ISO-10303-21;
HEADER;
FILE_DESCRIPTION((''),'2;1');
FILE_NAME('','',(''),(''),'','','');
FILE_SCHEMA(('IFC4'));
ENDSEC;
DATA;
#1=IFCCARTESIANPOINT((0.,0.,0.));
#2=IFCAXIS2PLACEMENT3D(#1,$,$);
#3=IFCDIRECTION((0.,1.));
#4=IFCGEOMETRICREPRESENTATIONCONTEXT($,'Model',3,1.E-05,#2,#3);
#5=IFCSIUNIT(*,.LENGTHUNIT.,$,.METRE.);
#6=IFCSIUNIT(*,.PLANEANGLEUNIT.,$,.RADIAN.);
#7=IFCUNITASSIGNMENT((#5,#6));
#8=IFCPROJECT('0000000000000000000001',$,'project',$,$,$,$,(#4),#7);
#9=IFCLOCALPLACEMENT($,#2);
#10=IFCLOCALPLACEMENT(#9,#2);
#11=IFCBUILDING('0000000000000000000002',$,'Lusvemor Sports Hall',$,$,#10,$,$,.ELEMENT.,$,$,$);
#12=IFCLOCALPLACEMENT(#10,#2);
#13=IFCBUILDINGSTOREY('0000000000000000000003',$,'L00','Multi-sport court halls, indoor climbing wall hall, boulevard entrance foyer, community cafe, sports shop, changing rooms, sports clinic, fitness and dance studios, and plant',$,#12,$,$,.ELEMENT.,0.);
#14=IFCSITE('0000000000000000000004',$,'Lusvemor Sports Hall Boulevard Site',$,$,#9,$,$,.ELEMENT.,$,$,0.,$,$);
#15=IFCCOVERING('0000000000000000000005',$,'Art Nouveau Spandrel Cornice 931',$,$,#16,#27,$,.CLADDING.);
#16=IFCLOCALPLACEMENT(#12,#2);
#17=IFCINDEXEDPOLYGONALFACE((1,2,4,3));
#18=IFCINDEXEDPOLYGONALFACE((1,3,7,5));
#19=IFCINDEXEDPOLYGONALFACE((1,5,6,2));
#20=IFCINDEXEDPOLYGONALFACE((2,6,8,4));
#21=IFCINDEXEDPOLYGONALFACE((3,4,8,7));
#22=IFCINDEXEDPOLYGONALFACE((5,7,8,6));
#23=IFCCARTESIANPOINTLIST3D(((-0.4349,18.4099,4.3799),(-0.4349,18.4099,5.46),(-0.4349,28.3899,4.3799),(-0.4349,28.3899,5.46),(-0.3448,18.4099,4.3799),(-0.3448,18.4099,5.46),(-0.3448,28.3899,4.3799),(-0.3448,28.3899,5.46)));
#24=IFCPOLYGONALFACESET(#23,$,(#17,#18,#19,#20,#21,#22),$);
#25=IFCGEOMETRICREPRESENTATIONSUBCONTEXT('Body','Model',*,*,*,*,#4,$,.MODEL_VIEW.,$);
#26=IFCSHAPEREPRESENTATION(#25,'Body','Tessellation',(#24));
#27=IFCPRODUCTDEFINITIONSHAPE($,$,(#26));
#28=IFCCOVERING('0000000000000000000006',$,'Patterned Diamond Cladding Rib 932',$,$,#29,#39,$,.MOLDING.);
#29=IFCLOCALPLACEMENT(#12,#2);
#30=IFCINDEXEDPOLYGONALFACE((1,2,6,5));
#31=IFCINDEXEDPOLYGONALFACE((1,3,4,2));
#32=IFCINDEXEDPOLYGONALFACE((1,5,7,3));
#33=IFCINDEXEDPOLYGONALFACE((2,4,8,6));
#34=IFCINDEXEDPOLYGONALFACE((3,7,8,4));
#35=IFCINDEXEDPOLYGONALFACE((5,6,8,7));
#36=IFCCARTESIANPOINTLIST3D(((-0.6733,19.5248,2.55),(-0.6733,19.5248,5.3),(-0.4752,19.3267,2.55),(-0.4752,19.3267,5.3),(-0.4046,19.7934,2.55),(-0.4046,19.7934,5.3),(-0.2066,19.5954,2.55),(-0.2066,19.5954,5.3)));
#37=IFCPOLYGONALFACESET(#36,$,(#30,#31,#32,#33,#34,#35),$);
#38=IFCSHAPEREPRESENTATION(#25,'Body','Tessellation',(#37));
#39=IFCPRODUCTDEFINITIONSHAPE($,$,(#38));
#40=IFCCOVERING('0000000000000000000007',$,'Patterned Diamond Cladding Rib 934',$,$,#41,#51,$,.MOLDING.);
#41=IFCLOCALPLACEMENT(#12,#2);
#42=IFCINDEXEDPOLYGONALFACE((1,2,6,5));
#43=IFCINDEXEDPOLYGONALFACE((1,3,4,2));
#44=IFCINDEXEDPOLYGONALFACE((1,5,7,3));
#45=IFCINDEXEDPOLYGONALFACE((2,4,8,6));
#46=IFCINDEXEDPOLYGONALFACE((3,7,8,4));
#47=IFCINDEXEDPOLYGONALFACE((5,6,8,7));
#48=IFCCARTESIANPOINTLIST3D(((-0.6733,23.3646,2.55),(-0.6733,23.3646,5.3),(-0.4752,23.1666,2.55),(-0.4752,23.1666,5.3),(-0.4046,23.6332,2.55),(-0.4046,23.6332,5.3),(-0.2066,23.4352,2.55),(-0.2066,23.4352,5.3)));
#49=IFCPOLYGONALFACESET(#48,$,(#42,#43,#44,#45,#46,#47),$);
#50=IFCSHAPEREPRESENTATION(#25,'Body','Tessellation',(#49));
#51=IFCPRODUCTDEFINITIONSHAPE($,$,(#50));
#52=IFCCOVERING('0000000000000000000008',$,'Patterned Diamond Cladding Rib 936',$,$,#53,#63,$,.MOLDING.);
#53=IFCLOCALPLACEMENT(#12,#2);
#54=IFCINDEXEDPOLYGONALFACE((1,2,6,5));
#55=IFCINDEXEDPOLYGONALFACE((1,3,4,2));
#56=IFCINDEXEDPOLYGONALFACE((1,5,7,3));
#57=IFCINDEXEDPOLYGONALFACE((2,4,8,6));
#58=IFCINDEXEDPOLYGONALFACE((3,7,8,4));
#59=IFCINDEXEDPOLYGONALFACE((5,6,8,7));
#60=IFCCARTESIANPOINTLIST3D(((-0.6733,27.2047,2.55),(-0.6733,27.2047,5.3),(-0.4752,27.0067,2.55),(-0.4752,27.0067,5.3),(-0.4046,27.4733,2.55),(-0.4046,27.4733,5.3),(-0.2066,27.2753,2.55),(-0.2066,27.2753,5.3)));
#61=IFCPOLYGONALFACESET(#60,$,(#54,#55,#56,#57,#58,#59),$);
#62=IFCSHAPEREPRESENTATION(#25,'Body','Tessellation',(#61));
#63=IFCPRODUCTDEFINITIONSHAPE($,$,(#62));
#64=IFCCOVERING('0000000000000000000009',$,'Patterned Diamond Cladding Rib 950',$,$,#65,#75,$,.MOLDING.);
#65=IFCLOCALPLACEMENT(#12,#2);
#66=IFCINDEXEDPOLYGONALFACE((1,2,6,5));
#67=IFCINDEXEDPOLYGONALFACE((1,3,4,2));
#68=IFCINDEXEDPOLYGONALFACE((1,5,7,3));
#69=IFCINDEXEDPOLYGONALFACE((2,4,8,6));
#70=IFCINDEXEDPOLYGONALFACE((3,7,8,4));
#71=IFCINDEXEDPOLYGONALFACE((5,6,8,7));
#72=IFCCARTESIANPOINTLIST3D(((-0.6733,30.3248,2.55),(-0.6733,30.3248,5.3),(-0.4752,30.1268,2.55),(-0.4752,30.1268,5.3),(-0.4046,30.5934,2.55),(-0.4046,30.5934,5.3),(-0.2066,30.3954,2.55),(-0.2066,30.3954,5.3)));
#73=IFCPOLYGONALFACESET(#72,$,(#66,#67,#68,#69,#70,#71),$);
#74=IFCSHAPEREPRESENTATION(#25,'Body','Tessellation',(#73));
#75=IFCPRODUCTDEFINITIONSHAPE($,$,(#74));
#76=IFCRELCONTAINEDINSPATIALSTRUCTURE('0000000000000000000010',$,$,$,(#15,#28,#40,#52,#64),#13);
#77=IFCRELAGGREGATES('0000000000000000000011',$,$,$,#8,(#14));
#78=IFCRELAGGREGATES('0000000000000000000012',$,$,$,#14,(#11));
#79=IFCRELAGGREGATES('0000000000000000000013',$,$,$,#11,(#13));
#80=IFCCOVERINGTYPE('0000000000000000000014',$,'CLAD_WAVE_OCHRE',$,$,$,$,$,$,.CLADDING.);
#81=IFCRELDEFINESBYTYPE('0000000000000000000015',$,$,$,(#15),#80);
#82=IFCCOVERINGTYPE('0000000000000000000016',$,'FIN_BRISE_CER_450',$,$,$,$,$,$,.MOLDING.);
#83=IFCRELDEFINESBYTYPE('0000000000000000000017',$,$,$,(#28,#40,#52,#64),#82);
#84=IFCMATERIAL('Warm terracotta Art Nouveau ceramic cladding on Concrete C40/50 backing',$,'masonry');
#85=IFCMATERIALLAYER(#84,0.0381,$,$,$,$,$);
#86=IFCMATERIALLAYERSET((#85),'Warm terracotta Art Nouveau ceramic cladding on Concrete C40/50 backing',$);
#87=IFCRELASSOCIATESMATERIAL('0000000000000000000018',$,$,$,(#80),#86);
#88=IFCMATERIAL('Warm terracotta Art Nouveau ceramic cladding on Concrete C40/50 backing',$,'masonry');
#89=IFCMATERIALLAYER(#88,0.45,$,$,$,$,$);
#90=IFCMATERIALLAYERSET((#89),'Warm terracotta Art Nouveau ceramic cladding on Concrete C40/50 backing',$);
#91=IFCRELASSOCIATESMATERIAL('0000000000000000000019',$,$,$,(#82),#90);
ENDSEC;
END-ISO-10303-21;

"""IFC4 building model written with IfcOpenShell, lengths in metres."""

from ifc_helpers import new_model, si_unit, direction, frame, origin, origin_2d, place, context, subcontext, project, spatial, rectangle, extrude, material, layer, layer_set, type_object, element, save


model = new_model("IFC4")

# Units and contexts
model_context = context("Model", 3, precision=1e-05, world=origin(), true_north=direction((0.0, 1.0)))
body_context = subcontext(model_context, "Body", "Model", "MODEL_VIEW")
ifc_project = project(units=[si_unit("LENGTHUNIT", "METRE"), si_unit("PLANEANGLEUNIT", "RADIAN")], contexts=[model_context])

# Site, building, storey
site_placement = place(None, origin())
site = spatial("IfcSite", under=ifc_project, at=site_placement, Name="Lusvemor Sports Hall Boulevard Site", CompositionType="ELEMENT", RefElevation=0.0)
building_placement = place(site_placement, origin())
building = spatial("IfcBuilding", under=site, at=building_placement, Name="Lusvemor Sports Hall", CompositionType="ELEMENT")
storey_placement = place(building_placement, origin())
storey = spatial("IfcBuildingStorey", under=building, at=storey_placement, Name="L00", Description="Multi-sport court halls, indoor climbing wall hall, boulevard entrance foyer, community cafe, sports shop, changing rooms, sports clinic, fitness and dance studios, and plant", CompositionType="ELEMENT", Elevation=0.0)

# Coverings
ifc_material_1 = material(Name="Warm terracotta Art Nouveau ceramic cladding on Concrete C40/50 backing", Category="masonry")
ifc_layer_1 = layer(ifc_material_1, 0.0381)
ifc_layer_set_1 = layer_set([ifc_layer_1], Name="Warm terracotta Art Nouveau ceramic cladding on Concrete C40/50 backing")
covering_type_1 = type_object("IfcCoveringType", Name="CLAD_WAVE_OCHRE", PredefinedType="CLADDING", material=ifc_layer_set_1)
covering_1_placement = place(storey_placement, frame((-0.3899, 23.3999, 4.3799), z_axis=(0.0, 0.0, 1.0), x_axis=(1.0, 0.0, 0.0)))
element("IfcCovering", 1, at=covering_1_placement, inside=storey, type_object=covering_type_1, Name="Art Nouveau Spandrel Cornice 931", PredefinedType="CLADDING", context=body_context, shape_type="SweptSolid", body=[
    extrude(rectangle(XDim=0.0901, YDim=9.98, at=origin_2d()), origin(), (0.0, 0.0, 1.0), 1.0801),
])
ifc_material_2 = material(Name="Warm terracotta Art Nouveau ceramic cladding on Concrete C40/50 backing", Category="masonry")
ifc_layer_2 = layer(ifc_material_2, 0.45)
ifc_layer_set_2 = layer_set([ifc_layer_2], Name="Warm terracotta Art Nouveau ceramic cladding on Concrete C40/50 backing")
covering_type_2 = type_object("IfcCoveringType", Name="FIN_BRISE_CER_450", PredefinedType="MOLDING", material=ifc_layer_set_2)
for number, where, z_axis, x_axis, name in (
    (2, (-0.4399, 19.5601, 2.55), (0.0, 0.0, 1.0), (0.707107, 0.707107, 0.0), "Patterned Diamond Cladding Rib 932"),
    (3, (-0.4399, 23.3999, 2.55), (0.0, 0.0, 1.0), (0.707107, 0.707107, 0.0), "Patterned Diamond Cladding Rib 934"),
    (4, (-0.4399, 27.24, 2.55), (0.0, 0.0, 1.0), (0.707107, 0.707107, 0.0), "Patterned Diamond Cladding Rib 936"),
    (5, (-0.4399, 30.3601, 2.55), (0.0, 0.0, 1.0), (0.707107, 0.707107, 0.0), "Patterned Diamond Cladding Rib 950"),
):
    element("IfcCovering", number, at=place(storey_placement, frame(where, z_axis=z_axis, x_axis=x_axis)), inside=storey, type_object=covering_type_2, Name=name, PredefinedType="MOLDING", context=body_context, shape_type="SweptSolid", body=[
        extrude(rectangle(XDim=0.3799, YDim=0.28, at=origin_2d()), origin(), (0.0, 0.0, 1.0), 2.75),
    ])

save(model, "model.ifc")
